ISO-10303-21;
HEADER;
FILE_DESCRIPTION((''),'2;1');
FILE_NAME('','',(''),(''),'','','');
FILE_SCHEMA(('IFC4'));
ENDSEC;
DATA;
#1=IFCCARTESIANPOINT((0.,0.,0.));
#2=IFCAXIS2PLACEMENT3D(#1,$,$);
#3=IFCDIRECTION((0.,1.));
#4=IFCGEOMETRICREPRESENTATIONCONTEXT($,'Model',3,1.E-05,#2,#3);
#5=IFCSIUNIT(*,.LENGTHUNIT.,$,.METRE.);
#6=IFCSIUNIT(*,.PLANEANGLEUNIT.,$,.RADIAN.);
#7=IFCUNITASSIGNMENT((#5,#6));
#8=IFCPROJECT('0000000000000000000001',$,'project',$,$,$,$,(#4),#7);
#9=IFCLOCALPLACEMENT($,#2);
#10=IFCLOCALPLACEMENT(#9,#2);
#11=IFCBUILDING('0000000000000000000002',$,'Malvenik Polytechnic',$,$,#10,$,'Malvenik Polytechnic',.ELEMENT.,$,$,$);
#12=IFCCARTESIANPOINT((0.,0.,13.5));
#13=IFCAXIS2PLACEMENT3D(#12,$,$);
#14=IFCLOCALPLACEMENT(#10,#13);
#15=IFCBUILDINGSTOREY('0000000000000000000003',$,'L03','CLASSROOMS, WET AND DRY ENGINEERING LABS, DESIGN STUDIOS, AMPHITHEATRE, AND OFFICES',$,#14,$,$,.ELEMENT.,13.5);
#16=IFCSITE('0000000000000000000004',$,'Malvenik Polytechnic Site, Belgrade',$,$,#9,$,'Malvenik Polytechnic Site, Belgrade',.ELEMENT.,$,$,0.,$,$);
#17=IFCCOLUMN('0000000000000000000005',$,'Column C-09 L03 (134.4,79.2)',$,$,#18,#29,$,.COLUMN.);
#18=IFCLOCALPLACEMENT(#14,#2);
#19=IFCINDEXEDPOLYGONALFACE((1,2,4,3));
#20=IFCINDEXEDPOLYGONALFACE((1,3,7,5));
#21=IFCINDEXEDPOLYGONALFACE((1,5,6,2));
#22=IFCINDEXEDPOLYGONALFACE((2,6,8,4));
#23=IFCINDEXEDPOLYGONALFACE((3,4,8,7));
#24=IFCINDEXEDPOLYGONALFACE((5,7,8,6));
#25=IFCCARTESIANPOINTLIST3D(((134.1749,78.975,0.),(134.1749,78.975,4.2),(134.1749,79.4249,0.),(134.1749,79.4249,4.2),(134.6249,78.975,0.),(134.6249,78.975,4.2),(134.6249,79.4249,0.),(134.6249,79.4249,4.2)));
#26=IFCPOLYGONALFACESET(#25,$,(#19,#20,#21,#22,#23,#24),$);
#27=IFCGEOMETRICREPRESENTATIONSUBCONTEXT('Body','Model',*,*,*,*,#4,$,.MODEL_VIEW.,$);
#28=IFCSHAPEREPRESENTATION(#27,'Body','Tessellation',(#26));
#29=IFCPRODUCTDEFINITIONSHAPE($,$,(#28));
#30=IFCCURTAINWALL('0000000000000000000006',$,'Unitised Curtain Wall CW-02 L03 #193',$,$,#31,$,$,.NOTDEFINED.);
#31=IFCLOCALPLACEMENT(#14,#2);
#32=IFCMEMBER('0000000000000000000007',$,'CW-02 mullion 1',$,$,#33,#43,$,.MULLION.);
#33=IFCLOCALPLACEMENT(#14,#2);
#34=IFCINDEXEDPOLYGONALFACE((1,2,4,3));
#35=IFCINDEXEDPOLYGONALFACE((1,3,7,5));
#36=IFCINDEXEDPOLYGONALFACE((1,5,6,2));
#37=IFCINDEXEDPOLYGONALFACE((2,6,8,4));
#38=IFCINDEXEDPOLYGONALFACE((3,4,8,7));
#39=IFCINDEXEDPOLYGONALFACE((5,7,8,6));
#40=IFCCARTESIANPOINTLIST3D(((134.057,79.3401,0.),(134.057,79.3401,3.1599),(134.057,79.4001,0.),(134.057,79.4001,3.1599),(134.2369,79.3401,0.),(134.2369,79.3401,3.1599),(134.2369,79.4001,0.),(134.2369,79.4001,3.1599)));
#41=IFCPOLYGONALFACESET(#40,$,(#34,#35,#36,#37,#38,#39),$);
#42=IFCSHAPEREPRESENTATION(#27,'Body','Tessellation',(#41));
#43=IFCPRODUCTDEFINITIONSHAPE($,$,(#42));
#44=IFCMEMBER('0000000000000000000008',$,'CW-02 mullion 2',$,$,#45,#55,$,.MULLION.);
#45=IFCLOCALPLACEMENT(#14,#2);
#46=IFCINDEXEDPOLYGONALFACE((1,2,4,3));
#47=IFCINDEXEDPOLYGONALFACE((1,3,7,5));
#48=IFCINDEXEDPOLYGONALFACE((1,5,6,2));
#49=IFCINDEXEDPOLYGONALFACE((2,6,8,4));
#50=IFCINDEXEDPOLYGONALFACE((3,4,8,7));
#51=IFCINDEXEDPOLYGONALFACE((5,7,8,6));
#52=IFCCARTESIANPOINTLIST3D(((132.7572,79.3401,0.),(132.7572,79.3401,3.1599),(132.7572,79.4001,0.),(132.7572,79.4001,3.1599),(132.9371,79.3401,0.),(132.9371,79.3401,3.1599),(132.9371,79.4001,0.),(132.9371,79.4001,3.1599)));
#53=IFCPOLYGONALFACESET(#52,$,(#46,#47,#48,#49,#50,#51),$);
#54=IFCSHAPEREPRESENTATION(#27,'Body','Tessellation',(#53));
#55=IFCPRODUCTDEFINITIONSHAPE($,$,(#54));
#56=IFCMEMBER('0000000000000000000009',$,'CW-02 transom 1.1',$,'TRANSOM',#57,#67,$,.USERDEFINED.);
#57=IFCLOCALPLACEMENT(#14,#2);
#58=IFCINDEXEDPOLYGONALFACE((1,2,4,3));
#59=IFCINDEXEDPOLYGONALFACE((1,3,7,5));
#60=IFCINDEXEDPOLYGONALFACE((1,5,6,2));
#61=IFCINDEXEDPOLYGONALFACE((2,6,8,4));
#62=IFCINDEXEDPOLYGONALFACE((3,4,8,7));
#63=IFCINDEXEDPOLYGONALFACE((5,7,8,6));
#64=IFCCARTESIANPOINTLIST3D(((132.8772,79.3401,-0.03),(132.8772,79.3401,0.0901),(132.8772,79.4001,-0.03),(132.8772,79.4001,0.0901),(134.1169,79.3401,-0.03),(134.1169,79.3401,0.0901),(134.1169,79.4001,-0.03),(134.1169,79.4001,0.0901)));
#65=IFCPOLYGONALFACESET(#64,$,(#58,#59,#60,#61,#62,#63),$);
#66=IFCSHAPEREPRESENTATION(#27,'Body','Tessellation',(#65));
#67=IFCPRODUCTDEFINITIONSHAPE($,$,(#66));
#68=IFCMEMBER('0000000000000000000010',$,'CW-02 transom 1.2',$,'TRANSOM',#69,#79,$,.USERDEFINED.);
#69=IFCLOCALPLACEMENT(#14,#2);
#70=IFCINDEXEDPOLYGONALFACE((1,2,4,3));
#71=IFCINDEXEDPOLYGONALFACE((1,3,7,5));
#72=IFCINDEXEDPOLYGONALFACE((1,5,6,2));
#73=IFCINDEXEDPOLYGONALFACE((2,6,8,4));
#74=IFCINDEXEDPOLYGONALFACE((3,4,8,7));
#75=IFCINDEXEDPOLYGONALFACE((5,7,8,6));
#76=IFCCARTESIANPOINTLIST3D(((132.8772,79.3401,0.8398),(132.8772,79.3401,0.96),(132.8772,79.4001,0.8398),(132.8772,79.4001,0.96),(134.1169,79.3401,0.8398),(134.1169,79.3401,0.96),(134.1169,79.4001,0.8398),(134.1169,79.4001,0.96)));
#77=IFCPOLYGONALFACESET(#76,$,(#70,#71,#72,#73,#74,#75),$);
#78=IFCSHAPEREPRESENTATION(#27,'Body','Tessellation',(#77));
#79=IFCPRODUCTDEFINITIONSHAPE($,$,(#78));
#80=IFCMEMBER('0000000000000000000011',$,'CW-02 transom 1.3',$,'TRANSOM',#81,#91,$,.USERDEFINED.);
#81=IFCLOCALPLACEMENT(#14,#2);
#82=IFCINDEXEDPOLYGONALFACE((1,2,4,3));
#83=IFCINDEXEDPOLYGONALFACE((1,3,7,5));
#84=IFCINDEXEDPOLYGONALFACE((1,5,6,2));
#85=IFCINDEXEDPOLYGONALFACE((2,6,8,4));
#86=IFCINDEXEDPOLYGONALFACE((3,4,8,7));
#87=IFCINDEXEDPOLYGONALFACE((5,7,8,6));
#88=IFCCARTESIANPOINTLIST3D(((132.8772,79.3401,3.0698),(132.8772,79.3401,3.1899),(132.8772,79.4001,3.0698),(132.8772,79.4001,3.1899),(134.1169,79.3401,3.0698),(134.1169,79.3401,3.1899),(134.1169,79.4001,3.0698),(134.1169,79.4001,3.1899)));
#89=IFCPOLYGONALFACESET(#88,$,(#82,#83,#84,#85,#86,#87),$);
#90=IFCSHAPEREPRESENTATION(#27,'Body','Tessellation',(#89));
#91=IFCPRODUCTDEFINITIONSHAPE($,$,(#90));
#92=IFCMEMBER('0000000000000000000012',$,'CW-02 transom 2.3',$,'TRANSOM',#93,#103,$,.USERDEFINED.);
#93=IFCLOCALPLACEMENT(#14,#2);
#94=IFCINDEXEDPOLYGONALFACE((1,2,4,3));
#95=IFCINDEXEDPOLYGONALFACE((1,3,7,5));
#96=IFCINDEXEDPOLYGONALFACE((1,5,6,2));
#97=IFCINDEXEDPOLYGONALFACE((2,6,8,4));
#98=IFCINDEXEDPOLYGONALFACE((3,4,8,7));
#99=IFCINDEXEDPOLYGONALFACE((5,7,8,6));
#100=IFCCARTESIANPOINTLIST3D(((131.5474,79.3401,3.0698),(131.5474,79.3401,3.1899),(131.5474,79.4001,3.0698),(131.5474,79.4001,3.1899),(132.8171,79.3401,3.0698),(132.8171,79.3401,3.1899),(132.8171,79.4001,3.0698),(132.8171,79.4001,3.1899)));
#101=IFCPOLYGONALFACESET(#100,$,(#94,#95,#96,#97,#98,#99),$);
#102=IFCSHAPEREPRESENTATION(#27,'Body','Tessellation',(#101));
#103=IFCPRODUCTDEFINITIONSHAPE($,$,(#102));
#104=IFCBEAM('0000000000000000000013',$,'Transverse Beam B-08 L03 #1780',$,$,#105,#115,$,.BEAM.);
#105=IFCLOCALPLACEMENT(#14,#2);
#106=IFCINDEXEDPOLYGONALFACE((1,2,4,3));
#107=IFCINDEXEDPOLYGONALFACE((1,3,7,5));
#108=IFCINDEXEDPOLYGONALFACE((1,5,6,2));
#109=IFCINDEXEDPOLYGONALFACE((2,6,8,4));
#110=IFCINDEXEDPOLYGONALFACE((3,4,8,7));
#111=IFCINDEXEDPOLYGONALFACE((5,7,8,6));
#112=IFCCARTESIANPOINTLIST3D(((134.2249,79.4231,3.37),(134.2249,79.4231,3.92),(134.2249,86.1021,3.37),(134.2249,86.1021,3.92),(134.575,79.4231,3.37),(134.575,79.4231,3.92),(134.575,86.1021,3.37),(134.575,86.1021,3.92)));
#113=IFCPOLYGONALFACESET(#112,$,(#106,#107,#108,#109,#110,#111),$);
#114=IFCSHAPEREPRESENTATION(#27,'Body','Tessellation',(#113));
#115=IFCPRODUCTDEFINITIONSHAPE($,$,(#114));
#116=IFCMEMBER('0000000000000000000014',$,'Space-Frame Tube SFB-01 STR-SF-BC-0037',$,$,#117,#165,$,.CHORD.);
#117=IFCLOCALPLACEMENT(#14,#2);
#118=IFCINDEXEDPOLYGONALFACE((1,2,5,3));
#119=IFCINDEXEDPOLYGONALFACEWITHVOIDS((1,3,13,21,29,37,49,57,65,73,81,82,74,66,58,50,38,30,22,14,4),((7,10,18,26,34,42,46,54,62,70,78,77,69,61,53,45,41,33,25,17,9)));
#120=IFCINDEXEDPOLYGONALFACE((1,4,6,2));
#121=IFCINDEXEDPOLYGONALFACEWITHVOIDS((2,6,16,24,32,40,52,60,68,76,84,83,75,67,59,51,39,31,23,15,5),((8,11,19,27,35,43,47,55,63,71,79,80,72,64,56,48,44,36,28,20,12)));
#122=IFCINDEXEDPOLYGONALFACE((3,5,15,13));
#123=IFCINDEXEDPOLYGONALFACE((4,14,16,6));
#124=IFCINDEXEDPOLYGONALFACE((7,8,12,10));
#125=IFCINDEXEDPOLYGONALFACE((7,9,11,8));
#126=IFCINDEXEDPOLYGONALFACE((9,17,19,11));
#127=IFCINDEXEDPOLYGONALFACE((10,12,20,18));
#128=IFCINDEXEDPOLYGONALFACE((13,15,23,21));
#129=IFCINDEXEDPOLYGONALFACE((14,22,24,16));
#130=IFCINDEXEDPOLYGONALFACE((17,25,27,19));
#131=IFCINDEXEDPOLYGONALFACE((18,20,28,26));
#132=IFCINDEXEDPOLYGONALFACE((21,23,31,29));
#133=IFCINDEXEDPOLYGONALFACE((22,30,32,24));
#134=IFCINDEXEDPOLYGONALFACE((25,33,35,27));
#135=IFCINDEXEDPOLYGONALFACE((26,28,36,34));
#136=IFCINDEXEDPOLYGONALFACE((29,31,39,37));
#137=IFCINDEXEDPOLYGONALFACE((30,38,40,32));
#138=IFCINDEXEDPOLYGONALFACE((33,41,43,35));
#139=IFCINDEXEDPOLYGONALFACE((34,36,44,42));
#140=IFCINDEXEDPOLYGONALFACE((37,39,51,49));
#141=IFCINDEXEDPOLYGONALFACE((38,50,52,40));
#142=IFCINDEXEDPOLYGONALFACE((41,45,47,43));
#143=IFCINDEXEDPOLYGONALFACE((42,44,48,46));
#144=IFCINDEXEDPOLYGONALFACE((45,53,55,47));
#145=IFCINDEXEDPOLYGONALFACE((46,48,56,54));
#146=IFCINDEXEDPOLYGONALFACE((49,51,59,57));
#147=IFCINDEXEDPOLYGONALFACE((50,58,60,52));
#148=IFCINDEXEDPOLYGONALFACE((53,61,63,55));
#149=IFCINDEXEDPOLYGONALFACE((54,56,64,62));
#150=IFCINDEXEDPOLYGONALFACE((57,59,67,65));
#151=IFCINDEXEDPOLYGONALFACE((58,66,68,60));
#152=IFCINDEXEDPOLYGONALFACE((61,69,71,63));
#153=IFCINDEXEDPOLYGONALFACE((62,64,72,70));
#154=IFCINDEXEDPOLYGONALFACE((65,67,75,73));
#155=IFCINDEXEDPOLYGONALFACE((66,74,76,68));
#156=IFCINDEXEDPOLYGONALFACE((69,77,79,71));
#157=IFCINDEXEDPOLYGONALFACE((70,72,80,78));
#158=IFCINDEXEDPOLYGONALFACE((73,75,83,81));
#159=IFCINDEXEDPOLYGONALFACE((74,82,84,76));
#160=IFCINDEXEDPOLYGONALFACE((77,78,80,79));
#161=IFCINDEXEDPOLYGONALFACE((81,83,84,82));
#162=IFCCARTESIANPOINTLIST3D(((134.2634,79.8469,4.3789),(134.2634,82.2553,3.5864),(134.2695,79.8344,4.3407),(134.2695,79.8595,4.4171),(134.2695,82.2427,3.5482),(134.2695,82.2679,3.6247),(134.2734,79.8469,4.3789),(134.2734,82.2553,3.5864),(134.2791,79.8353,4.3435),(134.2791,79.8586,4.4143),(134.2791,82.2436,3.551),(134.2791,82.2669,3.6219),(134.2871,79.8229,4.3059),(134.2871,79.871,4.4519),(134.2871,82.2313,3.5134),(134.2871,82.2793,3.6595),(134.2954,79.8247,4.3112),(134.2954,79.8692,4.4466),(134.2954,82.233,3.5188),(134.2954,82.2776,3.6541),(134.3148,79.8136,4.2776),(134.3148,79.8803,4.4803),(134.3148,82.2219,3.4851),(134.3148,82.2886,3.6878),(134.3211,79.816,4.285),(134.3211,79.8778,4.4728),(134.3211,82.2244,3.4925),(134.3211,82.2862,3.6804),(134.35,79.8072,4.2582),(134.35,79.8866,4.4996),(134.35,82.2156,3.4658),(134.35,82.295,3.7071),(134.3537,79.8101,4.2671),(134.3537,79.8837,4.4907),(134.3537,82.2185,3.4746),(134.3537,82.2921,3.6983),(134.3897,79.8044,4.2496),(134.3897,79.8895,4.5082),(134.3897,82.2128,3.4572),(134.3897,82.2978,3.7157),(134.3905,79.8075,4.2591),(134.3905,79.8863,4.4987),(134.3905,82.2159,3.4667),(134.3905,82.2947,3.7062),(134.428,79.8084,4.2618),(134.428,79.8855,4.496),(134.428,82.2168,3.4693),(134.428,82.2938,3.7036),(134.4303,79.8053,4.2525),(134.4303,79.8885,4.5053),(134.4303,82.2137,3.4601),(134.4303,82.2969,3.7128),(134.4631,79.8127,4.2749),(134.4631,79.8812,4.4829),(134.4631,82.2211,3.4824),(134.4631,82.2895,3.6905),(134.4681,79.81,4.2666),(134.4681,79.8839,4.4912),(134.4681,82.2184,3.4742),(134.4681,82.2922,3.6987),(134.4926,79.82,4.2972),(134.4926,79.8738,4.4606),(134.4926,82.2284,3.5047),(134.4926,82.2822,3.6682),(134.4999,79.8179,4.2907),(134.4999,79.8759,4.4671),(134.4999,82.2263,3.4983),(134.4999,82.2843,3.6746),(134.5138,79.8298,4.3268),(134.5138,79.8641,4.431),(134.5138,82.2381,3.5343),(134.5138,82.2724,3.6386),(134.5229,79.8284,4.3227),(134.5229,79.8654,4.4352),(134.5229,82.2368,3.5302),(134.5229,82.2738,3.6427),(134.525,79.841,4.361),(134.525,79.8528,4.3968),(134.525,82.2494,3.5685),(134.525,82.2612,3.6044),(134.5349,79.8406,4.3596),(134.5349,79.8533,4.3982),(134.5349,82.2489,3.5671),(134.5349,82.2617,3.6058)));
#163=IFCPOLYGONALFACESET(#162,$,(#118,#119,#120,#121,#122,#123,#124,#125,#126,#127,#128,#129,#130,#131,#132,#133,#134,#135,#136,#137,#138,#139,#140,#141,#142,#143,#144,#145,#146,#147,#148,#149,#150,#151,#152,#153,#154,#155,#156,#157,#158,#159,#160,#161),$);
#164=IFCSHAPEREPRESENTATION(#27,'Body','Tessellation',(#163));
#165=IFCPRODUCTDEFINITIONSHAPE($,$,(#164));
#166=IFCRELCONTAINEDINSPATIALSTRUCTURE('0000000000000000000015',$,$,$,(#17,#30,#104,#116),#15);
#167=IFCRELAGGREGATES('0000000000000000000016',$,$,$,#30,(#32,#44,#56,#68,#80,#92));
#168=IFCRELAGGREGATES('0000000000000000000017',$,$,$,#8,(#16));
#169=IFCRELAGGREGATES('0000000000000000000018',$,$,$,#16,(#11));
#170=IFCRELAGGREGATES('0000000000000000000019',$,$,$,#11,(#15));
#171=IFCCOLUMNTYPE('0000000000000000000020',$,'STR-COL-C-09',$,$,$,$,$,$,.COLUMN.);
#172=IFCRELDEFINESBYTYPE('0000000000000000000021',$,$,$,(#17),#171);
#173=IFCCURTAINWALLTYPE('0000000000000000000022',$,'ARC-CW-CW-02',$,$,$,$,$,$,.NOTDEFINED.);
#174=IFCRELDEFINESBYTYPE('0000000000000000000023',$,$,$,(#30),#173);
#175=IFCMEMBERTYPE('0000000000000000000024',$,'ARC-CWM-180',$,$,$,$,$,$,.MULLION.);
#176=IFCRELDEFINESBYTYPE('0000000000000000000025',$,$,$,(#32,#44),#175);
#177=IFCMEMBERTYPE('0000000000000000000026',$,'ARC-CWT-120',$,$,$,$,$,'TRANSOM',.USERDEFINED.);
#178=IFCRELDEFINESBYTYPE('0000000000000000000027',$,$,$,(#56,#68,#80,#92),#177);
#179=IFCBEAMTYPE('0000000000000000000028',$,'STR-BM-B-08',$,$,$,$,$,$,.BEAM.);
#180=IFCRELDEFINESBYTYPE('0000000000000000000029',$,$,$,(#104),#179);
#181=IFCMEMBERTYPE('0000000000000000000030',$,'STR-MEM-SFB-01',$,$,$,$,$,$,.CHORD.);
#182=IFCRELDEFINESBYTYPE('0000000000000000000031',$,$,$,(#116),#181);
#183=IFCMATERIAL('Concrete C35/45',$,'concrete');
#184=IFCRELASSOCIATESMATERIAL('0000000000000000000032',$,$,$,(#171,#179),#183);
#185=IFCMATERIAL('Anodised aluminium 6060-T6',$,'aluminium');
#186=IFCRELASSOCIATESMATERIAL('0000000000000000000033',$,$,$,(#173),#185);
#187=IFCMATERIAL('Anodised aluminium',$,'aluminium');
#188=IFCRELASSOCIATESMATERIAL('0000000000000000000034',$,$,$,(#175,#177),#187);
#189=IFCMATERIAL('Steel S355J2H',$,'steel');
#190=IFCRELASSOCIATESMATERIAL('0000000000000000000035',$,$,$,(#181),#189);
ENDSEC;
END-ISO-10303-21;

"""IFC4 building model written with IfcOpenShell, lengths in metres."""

from ifc_helpers import new_model, si_unit, direction, frame, origin, origin_2d, place, context, subcontext, project, spatial, rectangle, hollow_circle, extrude, material, material_profile, profile_set, type_object, element, aggregate, save


model = new_model("IFC4")

# Units and contexts
model_context = context("Model", 3, precision=1e-05, world=origin(), true_north=direction((0.0, 1.0)))
body_context = subcontext(model_context, "Body", "Model", "MODEL_VIEW")
ifc_project = project(units=[si_unit("LENGTHUNIT", "METRE"), si_unit("PLANEANGLEUNIT", "RADIAN")], contexts=[model_context])

# Site, building, storey
site_placement = place(None, origin())
site = spatial("IfcSite", under=ifc_project, at=site_placement, Name="Malvenik Polytechnic Site, Belgrade", LongName="Malvenik Polytechnic Site, Belgrade", CompositionType="ELEMENT", RefElevation=0.0)
building_placement = place(site_placement, origin())
building = spatial("IfcBuilding", under=site, at=building_placement, Name="Malvenik Polytechnic", LongName="Malvenik Polytechnic", CompositionType="ELEMENT")
storey_placement = place(building_placement, frame((0.0, 0.0, 13.5)))
storey = spatial("IfcBuildingStorey", under=building, at=storey_placement, Name="L03", Description="CLASSROOMS, WET AND DRY ENGINEERING LABS, DESIGN STUDIOS, AMPHITHEATRE, AND OFFICES", CompositionType="ELEMENT", Elevation=13.5)

# Column
ifc_material_1 = material(Name="Concrete C35/45", Category="concrete")
ifc_material_profile_1 = material_profile(ifc_material_1, rectangle(XDim=0.45, YDim=0.45, at=origin_2d()), Name="RC COL 450x450")
ifc_profile_set_1 = profile_set([ifc_material_profile_1], Name="Concrete C35/45")
column_type = type_object("IfcColumnType", Name="STR-COL-C-09", PredefinedType="COLUMN", material=ifc_profile_set_1)
column_placement = place(storey_placement, frame((134.3999, 79.2, 0.0), z_axis=(0.0, 0.0, 1.0), x_axis=(1.0, 0.0, 0.0)))
element("IfcColumn", 1, at=column_placement, inside=storey, type_object=column_type, Name="Column C-09 L03 (134.4,79.2)", PredefinedType="COLUMN", context=body_context, shape_type="SweptSolid", body=[
    extrude(rectangle(XDim=0.45, YDim=0.45, at=origin_2d()), origin(), (0.0, 0.0, 1.0), 4.2),
])

# Curtain wall, members
ifc_material_2 = material(Name="Anodised aluminium 6060-T6", Category="aluminium")
curtain_wall_type = type_object("IfcCurtainWallType", Name="ARC-CW-CW-02", PredefinedType="NOTDEFINED", material=ifc_material_2)
curtain_wall_placement = place(storey_placement, origin())
curtain_wall = element("IfcCurtainWall", 2, at=curtain_wall_placement, inside=storey, type_object=curtain_wall_type, Name="Unitised Curtain Wall CW-02 L03 #193", PredefinedType="NOTDEFINED")
ifc_material_3 = material(Name="Anodised aluminium", Category="aluminium")
ifc_material_profile_2 = material_profile(ifc_material_3, rectangle(XDim=0.0601, YDim=0.1799, at=origin_2d()), Name="ALU MULLION 60x180")
ifc_profile_set_2 = profile_set([ifc_material_profile_2], Name="Anodised aluminium")
member_type_1 = type_object("IfcMemberType", Name="ARC-CWM-180", PredefinedType="MULLION", material=ifc_profile_set_2)
member_1_placement = place(storey_placement, frame((134.147, 79.3701, 0.0), z_axis=(0.0, 0.0, 1.0), x_axis=(0.0, -1.0, 0.0)))
member_1 = element("IfcMember", 3, at=member_1_placement, type_object=member_type_1, Name="CW-02 mullion 1", PredefinedType="MULLION", context=body_context, shape_type="SweptSolid", body=[
    extrude(rectangle(XDim=0.0601, YDim=0.1799, at=origin_2d()), origin(), (0.0, 0.0, 1.0), 3.1599),
])
member_2_placement = place(storey_placement, frame((132.8472, 79.3701, 0.0), z_axis=(0.0, 0.0, 1.0), x_axis=(0.0, -1.0, 0.0)))
member_2 = element("IfcMember", 4, at=member_2_placement, type_object=member_type_1, Name="CW-02 mullion 2", PredefinedType="MULLION", context=body_context, shape_type="SweptSolid", body=[
    extrude(rectangle(XDim=0.0601, YDim=0.1799, at=origin_2d()), origin(), (0.0, 0.0, 1.0), 3.1599),
])
ifc_material_profile_3 = material_profile(ifc_material_3, rectangle(XDim=0.0601, YDim=0.1201, at=origin_2d()), Name="ALU TRANSOM 60x120")
ifc_profile_set_3 = profile_set([ifc_material_profile_3], Name="Anodised aluminium")
member_type_2 = type_object("IfcMemberType", Name="ARC-CWT-120", ElementType="TRANSOM", PredefinedType="USERDEFINED", material=ifc_profile_set_3)
member_3_placement = place(storey_placement, frame((134.1169, 79.3701, 0.03), z_axis=(-1.0, 0.0, 0.0), x_axis=(0.0, -1.0, 0.0)))
member_3 = element("IfcMember", 5, at=member_3_placement, type_object=member_type_2, Name="CW-02 transom 1.1", ObjectType="TRANSOM", PredefinedType="USERDEFINED", context=body_context, shape_type="SweptSolid", body=[
    extrude(rectangle(XDim=0.0601, YDim=0.1201, at=origin_2d()), origin(), (0.0, 0.0, 1.0), 1.2397),
])
member_4_placement = place(storey_placement, frame((134.1169, 79.3701, 0.8999), z_axis=(-1.0, 0.0, 0.0), x_axis=(0.0, -1.0, 0.0)))
member_4 = element("IfcMember", 6, at=member_4_placement, type_object=member_type_2, Name="CW-02 transom 1.2", ObjectType="TRANSOM", PredefinedType="USERDEFINED", context=body_context, shape_type="SweptSolid", body=[
    extrude(rectangle(XDim=0.0601, YDim=0.1201, at=origin_2d()), origin(), (0.0, 0.0, 1.0), 1.2397),
])
member_5_placement = place(storey_placement, frame((134.1169, 79.3701, 3.1299), z_axis=(-1.0, 0.0, 0.0), x_axis=(0.0, -1.0, 0.0)))
member_5 = element("IfcMember", 7, at=member_5_placement, type_object=member_type_2, Name="CW-02 transom 1.3", ObjectType="TRANSOM", PredefinedType="USERDEFINED", context=body_context, shape_type="SweptSolid", body=[
    extrude(rectangle(XDim=0.0601, YDim=0.1201, at=origin_2d()), origin(), (0.0, 0.0, 1.0), 1.2397),
])
member_6_placement = place(storey_placement, frame((132.8171, 79.3701, 3.1299), z_axis=(-1.0, 0.0, 0.0), x_axis=(0.0, -1.0, 0.0)))
member_6 = element("IfcMember", 8, at=member_6_placement, type_object=member_type_2, Name="CW-02 transom 2.3", ObjectType="TRANSOM", PredefinedType="USERDEFINED", context=body_context, shape_type="SweptSolid", body=[
    extrude(rectangle(XDim=0.0601, YDim=0.1201, at=origin_2d()), origin(), (0.0, 0.0, 1.0), 1.2698),
])

# Beam
ifc_material_profile_4 = material_profile(ifc_material_1, rectangle(XDim=0.3501, YDim=0.55, at=origin_2d()), Name="RC BM 350x550")
ifc_profile_set_4 = profile_set([ifc_material_profile_4], Name="Concrete C35/45")
beam_type = type_object("IfcBeamType", Name="STR-BM-B-08", PredefinedType="BEAM", material=ifc_profile_set_4)
beam_placement = place(storey_placement, frame((134.3999, 79.4231, 3.645), z_axis=(0.0, 1.0, 0.0), x_axis=(-1.0, 0.0, 0.0)))
element("IfcBeam", 9, at=beam_placement, inside=storey, type_object=beam_type, Name="Transverse Beam B-08 L03 #1780", PredefinedType="BEAM", context=body_context, shape_type="SweptSolid", body=[
    extrude(rectangle(XDim=0.3501, YDim=0.55, at=origin_2d()), origin(), (0.0, 0.0, 1.0), 6.679),
])

# Member
ifc_material_4 = material(Name="Steel S355J2H", Category="steel")
ifc_material_profile_5 = material_profile(ifc_material_4, hollow_circle(Radius=0.1365, WallThickness=0.01, at=origin_2d()), Name="CHS 273.0x10.0")
ifc_profile_set_5 = profile_set([ifc_material_profile_5], Name="Steel S355J2H")
member_type_3 = type_object("IfcMemberType", Name="STR-MEM-SFB-01", PredefinedType="CHORD", material=ifc_profile_set_5)
for number, where, z_axis, x_axis, name in (
    (10, (134.3999, 79.8469, 4.3789), (0.0, 0.949899, -0.312557), (-1.0, 0.0, 0.0), "Space-Frame Tube SFB-01 STR-SF-BC-0037"),
):
    element("IfcMember", number, at=place(storey_placement, frame(where, z_axis=z_axis, x_axis=x_axis)), inside=storey, type_object=member_type_3, Name=name, PredefinedType="CHORD", context=body_context, shape_type="SweptSolid", body=[
        extrude(hollow_circle(Radius=0.1365, WallThickness=0.01, at=origin_2d()), origin(), (0.0, 0.0, 1.0), 2.5354),
    ])

aggregate(curtain_wall, [member_1, member_2, member_3, member_4, member_5, member_6])

save(model, "model.ifc")
